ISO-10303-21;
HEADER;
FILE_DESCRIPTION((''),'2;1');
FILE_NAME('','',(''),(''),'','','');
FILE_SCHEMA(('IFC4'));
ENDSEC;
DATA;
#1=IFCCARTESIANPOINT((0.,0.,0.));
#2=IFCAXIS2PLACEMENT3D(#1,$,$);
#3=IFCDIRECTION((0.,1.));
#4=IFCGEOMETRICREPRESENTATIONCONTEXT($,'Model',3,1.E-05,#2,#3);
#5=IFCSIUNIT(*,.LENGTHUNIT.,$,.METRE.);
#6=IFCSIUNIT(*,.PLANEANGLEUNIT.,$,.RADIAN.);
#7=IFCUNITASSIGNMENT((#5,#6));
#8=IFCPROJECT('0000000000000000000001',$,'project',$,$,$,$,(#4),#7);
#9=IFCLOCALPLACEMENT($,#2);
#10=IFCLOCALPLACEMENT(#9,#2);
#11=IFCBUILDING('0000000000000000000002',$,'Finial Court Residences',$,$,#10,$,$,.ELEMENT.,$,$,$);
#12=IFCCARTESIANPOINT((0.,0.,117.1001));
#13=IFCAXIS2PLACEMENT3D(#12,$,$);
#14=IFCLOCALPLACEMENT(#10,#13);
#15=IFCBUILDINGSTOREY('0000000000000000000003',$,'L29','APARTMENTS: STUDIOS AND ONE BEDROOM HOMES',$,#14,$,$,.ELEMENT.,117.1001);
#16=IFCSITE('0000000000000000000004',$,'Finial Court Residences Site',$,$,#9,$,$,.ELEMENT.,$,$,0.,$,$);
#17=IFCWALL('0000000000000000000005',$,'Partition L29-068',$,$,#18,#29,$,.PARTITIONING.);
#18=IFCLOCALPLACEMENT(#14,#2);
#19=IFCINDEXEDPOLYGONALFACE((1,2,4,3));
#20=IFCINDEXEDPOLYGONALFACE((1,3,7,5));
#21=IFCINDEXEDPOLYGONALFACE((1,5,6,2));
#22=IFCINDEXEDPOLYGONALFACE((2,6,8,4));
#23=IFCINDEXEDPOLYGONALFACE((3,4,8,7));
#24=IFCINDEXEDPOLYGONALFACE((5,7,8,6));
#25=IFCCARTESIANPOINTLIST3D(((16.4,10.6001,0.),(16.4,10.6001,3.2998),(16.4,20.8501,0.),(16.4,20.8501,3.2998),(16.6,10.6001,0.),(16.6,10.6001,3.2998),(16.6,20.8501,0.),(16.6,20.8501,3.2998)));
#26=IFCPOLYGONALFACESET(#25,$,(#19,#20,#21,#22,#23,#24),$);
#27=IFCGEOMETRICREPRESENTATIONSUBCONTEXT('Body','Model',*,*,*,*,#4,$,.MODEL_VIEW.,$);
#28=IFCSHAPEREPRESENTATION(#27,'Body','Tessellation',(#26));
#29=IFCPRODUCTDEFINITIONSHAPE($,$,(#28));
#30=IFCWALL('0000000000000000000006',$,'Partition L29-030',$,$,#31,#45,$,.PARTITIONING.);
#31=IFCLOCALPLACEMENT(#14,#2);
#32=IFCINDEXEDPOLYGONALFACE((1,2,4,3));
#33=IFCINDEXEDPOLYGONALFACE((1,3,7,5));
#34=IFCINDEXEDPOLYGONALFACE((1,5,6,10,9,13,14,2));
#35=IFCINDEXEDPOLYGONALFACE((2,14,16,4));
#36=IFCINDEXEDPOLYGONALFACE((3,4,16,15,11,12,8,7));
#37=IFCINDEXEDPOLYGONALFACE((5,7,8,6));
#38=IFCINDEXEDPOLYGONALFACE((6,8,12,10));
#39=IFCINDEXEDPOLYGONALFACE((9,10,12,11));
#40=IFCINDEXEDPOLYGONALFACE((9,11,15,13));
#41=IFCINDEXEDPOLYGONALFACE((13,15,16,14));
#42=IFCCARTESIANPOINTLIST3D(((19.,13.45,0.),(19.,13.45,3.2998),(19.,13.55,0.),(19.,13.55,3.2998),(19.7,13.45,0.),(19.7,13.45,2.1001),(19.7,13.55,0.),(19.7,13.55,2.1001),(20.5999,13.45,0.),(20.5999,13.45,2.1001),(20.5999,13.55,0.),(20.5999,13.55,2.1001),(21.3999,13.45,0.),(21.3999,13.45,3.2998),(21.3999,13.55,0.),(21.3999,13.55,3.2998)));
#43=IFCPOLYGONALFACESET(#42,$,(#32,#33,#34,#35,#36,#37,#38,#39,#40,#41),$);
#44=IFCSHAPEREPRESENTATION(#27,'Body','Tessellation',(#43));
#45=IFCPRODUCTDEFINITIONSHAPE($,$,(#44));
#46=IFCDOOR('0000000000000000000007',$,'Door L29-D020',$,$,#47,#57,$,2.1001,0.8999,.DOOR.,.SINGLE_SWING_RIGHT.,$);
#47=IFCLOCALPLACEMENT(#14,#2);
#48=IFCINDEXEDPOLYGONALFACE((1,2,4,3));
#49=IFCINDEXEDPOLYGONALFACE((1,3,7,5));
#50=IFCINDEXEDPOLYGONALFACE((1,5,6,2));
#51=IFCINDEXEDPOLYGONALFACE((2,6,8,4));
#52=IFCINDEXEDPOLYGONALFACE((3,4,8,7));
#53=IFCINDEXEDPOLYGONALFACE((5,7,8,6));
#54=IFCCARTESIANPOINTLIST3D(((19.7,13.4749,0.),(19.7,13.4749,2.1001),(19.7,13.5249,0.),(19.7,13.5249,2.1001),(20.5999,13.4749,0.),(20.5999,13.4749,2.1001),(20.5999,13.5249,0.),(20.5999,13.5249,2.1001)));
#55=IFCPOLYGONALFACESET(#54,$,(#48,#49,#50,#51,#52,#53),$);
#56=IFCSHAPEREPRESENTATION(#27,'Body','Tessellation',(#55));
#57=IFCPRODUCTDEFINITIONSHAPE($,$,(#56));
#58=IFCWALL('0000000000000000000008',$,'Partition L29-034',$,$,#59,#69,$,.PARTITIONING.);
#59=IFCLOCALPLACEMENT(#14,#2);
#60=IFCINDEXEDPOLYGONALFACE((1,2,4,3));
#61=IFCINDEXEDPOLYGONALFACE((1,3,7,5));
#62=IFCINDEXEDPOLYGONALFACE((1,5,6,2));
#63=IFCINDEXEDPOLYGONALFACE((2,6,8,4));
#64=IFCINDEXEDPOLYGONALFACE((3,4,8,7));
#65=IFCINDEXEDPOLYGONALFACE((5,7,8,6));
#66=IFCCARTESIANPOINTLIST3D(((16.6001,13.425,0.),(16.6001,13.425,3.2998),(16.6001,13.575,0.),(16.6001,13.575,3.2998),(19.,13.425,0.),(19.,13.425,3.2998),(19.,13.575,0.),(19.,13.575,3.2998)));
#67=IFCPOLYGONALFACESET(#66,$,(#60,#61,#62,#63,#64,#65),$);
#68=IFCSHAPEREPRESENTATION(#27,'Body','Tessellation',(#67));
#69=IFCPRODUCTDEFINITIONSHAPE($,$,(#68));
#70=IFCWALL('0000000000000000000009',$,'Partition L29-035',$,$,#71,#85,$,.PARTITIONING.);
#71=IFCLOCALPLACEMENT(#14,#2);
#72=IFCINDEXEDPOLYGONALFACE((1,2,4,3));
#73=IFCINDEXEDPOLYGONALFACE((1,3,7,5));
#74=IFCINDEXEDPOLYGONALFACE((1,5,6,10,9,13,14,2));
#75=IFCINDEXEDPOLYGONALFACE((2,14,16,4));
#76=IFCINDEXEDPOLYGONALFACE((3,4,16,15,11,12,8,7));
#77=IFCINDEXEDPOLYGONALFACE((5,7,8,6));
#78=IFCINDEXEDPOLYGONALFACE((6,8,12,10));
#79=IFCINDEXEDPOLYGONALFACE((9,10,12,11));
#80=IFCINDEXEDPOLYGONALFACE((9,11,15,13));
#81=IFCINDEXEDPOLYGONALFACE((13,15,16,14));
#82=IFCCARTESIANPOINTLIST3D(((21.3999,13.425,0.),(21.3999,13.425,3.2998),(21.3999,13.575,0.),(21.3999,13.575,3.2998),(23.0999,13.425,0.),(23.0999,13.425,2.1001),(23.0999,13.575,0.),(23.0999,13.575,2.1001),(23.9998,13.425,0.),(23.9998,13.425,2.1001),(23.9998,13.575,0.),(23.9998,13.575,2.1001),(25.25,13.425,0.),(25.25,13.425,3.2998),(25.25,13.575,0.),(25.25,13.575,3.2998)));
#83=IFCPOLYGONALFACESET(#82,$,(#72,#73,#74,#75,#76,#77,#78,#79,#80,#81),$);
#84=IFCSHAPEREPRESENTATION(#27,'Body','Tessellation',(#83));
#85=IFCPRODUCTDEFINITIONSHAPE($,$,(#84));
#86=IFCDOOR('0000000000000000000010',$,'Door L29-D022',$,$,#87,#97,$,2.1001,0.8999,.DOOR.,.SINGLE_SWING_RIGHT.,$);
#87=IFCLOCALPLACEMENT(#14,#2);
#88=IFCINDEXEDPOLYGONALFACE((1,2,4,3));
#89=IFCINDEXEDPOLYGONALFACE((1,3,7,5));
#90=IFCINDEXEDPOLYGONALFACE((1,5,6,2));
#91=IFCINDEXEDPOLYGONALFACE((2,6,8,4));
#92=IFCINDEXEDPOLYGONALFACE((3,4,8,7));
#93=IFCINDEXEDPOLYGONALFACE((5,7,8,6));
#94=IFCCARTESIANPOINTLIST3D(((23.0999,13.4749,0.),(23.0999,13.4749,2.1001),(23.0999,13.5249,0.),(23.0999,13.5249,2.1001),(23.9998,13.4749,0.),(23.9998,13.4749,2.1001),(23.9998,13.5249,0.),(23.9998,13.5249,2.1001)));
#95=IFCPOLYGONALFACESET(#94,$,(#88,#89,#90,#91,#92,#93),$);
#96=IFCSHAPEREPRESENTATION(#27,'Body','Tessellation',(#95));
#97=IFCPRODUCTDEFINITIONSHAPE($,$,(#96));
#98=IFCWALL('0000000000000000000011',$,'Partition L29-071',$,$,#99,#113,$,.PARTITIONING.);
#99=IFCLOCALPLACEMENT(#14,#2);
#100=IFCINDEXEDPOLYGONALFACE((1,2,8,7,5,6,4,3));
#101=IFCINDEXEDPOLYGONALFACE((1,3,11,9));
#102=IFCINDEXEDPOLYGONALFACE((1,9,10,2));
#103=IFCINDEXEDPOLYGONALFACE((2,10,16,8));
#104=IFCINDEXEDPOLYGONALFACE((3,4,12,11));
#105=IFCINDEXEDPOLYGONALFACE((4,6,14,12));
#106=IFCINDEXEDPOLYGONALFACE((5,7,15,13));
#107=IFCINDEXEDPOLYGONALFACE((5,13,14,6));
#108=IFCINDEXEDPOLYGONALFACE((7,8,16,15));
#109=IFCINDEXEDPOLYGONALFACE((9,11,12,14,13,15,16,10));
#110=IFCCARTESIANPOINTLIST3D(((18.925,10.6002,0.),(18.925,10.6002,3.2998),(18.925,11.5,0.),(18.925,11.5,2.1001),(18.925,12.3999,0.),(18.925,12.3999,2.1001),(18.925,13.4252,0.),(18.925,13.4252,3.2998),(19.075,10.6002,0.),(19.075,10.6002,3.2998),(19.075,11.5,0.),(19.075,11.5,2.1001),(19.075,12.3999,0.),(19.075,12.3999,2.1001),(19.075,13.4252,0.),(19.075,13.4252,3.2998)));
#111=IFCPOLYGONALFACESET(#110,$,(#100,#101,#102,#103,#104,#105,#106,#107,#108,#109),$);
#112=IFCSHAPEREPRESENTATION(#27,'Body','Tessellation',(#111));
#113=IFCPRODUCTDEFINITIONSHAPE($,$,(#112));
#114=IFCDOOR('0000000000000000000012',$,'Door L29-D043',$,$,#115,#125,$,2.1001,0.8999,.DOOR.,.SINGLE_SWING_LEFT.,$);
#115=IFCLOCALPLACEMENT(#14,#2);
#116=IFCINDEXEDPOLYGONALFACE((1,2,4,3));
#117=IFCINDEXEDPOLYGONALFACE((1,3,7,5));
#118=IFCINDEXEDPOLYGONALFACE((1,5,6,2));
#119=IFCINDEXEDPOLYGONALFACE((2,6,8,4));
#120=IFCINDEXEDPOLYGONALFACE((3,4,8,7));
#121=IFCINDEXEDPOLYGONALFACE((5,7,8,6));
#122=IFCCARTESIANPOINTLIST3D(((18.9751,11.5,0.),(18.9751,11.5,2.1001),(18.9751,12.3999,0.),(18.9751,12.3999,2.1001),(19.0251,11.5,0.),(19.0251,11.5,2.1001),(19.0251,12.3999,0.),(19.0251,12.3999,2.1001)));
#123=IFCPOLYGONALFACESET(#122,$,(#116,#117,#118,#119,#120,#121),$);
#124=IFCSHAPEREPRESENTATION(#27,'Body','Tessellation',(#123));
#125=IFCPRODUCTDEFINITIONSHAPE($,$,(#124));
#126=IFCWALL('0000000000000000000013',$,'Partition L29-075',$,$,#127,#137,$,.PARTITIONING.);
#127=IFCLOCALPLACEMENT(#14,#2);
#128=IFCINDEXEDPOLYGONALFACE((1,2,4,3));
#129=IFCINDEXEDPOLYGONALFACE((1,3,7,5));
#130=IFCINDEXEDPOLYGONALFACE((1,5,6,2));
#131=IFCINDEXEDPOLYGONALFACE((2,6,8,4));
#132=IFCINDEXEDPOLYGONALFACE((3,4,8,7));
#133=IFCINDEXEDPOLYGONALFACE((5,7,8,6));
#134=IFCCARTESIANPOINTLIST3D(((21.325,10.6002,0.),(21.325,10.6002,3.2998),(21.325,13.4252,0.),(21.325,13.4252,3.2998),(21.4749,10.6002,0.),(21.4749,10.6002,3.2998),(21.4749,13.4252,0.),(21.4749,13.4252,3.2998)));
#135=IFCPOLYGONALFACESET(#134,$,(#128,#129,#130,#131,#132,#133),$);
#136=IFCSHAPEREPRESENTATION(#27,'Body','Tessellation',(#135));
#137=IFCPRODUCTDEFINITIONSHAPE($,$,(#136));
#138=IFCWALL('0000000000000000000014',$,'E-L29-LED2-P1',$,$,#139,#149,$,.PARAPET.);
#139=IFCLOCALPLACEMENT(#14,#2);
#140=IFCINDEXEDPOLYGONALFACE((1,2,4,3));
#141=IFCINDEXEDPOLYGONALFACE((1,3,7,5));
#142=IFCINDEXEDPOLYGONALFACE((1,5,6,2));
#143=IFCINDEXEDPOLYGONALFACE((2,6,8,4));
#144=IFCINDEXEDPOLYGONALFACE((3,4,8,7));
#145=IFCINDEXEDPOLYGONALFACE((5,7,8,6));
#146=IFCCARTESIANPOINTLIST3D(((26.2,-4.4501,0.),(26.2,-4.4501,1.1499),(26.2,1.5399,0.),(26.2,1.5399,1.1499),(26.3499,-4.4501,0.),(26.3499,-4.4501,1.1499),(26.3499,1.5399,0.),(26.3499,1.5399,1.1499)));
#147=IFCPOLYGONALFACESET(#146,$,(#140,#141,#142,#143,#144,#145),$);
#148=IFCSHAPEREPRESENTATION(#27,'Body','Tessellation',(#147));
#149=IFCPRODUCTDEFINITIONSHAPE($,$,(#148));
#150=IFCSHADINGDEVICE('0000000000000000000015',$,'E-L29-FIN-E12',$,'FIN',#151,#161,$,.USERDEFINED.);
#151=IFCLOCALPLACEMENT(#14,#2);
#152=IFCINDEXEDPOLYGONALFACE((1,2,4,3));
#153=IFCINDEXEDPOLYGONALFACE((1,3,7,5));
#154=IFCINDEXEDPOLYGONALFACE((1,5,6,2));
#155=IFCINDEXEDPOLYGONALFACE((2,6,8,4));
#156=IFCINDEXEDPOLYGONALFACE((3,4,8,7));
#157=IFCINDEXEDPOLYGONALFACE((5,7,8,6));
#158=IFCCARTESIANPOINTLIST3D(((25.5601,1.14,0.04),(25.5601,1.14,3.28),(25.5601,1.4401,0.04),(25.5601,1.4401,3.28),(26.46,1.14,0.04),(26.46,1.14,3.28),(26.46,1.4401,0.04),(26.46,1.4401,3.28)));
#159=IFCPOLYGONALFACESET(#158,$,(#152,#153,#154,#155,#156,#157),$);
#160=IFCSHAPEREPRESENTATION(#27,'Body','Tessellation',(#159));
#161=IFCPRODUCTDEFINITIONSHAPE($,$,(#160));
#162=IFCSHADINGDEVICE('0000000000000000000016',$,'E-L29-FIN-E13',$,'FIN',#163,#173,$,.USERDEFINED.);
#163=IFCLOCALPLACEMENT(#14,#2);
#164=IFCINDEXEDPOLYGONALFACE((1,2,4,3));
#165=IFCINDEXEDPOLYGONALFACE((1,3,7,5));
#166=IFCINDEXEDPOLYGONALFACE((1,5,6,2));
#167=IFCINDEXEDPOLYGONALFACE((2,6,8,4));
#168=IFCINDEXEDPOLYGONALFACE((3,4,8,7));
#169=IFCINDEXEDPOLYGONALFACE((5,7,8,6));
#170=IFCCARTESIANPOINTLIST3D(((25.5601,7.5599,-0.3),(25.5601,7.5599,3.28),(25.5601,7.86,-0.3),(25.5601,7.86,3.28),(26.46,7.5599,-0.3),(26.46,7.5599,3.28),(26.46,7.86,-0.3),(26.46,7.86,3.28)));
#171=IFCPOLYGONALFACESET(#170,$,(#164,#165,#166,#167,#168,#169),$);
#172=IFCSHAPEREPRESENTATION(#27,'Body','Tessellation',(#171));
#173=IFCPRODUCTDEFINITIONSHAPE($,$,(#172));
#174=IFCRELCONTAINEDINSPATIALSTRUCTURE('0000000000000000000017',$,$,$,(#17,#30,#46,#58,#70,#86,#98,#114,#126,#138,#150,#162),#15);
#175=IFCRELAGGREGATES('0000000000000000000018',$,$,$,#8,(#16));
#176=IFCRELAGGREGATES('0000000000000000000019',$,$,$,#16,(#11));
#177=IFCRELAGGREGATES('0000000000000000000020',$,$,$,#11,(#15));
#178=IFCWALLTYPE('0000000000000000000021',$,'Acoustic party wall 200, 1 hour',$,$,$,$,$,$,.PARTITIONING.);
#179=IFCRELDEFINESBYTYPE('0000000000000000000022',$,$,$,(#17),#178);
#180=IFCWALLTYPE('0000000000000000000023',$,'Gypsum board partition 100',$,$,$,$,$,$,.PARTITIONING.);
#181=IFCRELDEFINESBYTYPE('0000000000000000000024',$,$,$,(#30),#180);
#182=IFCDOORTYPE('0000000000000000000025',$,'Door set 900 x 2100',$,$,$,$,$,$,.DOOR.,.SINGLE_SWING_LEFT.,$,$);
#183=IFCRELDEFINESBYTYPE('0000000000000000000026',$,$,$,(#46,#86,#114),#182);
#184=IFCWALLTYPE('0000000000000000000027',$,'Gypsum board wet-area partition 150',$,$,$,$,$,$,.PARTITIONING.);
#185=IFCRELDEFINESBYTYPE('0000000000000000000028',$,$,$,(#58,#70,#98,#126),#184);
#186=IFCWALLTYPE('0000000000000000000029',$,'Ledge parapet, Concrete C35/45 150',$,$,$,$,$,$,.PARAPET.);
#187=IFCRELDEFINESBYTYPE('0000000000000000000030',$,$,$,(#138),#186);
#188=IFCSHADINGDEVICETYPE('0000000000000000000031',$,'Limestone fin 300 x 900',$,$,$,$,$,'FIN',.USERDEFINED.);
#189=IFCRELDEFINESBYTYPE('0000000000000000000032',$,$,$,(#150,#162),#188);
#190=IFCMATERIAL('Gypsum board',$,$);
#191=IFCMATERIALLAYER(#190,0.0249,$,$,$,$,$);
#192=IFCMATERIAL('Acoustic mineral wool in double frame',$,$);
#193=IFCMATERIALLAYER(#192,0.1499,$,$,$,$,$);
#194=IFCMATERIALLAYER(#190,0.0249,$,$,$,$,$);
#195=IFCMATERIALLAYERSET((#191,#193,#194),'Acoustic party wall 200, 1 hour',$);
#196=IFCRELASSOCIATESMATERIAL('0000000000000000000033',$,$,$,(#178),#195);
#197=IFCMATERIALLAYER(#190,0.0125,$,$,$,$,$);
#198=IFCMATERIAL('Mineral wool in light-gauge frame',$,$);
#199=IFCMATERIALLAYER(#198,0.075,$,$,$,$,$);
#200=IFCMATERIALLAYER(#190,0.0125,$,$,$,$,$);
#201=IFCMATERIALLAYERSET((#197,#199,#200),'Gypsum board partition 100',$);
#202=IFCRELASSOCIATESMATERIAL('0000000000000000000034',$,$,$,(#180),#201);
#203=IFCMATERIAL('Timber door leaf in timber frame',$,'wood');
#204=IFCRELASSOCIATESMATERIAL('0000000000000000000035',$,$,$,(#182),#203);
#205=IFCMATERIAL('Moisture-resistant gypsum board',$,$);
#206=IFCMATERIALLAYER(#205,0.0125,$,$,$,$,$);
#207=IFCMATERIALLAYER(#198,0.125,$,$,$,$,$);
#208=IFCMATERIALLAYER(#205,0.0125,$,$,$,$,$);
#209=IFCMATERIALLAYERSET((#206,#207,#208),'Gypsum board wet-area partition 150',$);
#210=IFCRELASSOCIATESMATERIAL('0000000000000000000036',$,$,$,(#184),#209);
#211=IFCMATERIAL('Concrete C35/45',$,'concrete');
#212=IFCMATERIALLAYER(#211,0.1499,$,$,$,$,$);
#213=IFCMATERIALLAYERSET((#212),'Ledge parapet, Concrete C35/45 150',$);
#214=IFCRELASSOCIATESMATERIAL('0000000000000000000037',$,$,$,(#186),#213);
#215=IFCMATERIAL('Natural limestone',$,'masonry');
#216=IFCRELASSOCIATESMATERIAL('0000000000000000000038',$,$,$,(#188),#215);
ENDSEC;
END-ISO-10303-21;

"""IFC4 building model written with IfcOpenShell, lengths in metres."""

from ifc_helpers import new_model, si_unit, direction, frame, frame_2d, origin, origin_2d, place, context, subcontext, project, spatial, rectangle, extrude, material, layer, layer_set, type_object, element, fill, save


model = new_model("IFC4")

# Units and contexts
model_context = context("Model", 3, precision=1e-05, world=origin(), true_north=direction((0.0, 1.0)))
body_context = subcontext(model_context, "Body", "Model", "MODEL_VIEW")
ifc_project = project(units=[si_unit("LENGTHUNIT", "METRE"), si_unit("PLANEANGLEUNIT", "RADIAN")], contexts=[model_context])

# Site, building, storey
site_placement = place(None, origin())
site = spatial("IfcSite", under=ifc_project, at=site_placement, Name="Finial Court Residences Site", CompositionType="ELEMENT", RefElevation=0.0)
building_placement = place(site_placement, origin())
building = spatial("IfcBuilding", under=site, at=building_placement, Name="Finial Court Residences", CompositionType="ELEMENT")
storey_placement = place(building_placement, frame((0.0, 0.0, 117.1001)))
storey = spatial("IfcBuildingStorey", under=building, at=storey_placement, Name="L29", Description="APARTMENTS: STUDIOS AND ONE BEDROOM HOMES", CompositionType="ELEMENT", Elevation=117.1001)

# Wall
ifc_material_1 = material(Name="Gypsum board")
ifc_layer_1 = layer(ifc_material_1, 0.0249)
ifc_material_2 = material(Name="Acoustic mineral wool in double frame")
ifc_layer_2 = layer(ifc_material_2, 0.1499)
ifc_layer_3 = layer(ifc_material_1, 0.0249)
ifc_layer_set_1 = layer_set([ifc_layer_1, ifc_layer_2, ifc_layer_3], Name="Acoustic party wall 200, 1 hour")
wall_type_1 = type_object("IfcWallType", Name="Acoustic party wall 200, 1 hour", PredefinedType="PARTITIONING", material=ifc_layer_set_1)
wall_1_placement = place(storey_placement, frame((16.5, 10.6001, 0.0), z_axis=(0.0, 0.0, 1.0), x_axis=(0.0, 1.0, 0.0)))
element("IfcWall", 1, at=wall_1_placement, inside=storey, type_object=wall_type_1, Name="Partition L29-068", PredefinedType="PARTITIONING", context=body_context, shape_type="SweptSolid", body=[
    extrude(rectangle(XDim=10.25, YDim=0.2, at=frame_2d((5.125, 0.0))), origin(), (0.0, 0.0, 1.0), 3.2998),
])

# Wall, opening, door
ifc_layer_4 = layer(ifc_material_1, 0.0125)
ifc_material_3 = material(Name="Mineral wool in light-gauge frame")
ifc_layer_5 = layer(ifc_material_3, 0.075)
ifc_layer_6 = layer(ifc_material_1, 0.0125)
ifc_layer_set_2 = layer_set([ifc_layer_4, ifc_layer_5, ifc_layer_6], Name="Gypsum board partition 100")
wall_type_2 = type_object("IfcWallType", Name="Gypsum board partition 100", PredefinedType="PARTITIONING", material=ifc_layer_set_2)
wall_2_placement = place(storey_placement, frame((19.0, 13.5, 0.0), z_axis=(0.0, 0.0, 1.0), x_axis=(1.0, 0.0, 0.0)))
wall_2 = element("IfcWall", 2, at=wall_2_placement, inside=storey, type_object=wall_type_2, Name="Partition L29-030", PredefinedType="PARTITIONING", context=body_context, shape_type="SweptSolid", body=[
    extrude(rectangle(XDim=2.3999, YDim=0.1001, at=frame_2d((1.2, 0.0))), origin(), (0.0, 0.0, 1.0), 3.2998),
])
opening_1_placement = place(wall_2_placement, frame((0.7, 0.0, 0.0)))
opening_1 = element("IfcOpeningElement", 3, at=opening_1_placement, cuts=wall_2, PredefinedType="OPENING", context=body_context, shape_type="SweptSolid", body=[
    extrude(rectangle(XDim=0.8999, YDim=2.1001, at=frame_2d((0.45, 1.05))), frame((0.0, 0.0601, 0.0), z_axis=(0.0, -1.0, 0.0), x_axis=(1.0, 0.0, 0.0)), (0.0, 0.0, 1.0), 0.1201),
])
ifc_material_4 = material(Name="Timber door leaf in timber frame", Category="wood")
door_type = type_object("IfcDoorType", Name="Door set 900 x 2100", OperationType="SINGLE_SWING_LEFT", PredefinedType="DOOR", material=ifc_material_4)
door_1_placement = place(opening_1_placement, origin())
door_1 = element("IfcDoor", 4, at=door_1_placement, inside=storey, type_object=door_type, Name="Door L29-D020", OperationType="SINGLE_SWING_RIGHT", OverallHeight=2.1001, OverallWidth=0.8999, PredefinedType="DOOR", context=body_context, shape_type="SweptSolid", body=[
    extrude(rectangle(XDim=0.8999, YDim=2.1001, at=frame_2d((0.45, 1.05))), frame((0.0, 0.0249, 0.0), z_axis=(0.0, -1.0, 0.0), x_axis=(1.0, 0.0, 0.0)), (0.0, 0.0, 1.0), 0.05),
])
fill(opening_1, door_1)

# Wall
ifc_material_5 = material(Name="Moisture-resistant gypsum board")
ifc_layer_7 = layer(ifc_material_5, 0.0125)
ifc_layer_8 = layer(ifc_material_3, 0.125)
ifc_layer_9 = layer(ifc_material_5, 0.0125)
ifc_layer_set_3 = layer_set([ifc_layer_7, ifc_layer_8, ifc_layer_9], Name="Gypsum board wet-area partition 150")
wall_type_3 = type_object("IfcWallType", Name="Gypsum board wet-area partition 150", PredefinedType="PARTITIONING", material=ifc_layer_set_3)
wall_3_placement = place(storey_placement, frame((16.6001, 13.5, 0.0), z_axis=(0.0, 0.0, 1.0), x_axis=(1.0, 0.0, 0.0)))
element("IfcWall", 5, at=wall_3_placement, inside=storey, type_object=wall_type_3, Name="Partition L29-034", PredefinedType="PARTITIONING", context=body_context, shape_type="SweptSolid", body=[
    extrude(rectangle(XDim=2.3999, YDim=0.1499, at=frame_2d((1.2, 0.0))), origin(), (0.0, 0.0, 1.0), 3.2998),
])

# Walls, openings, doors
wall_4_placement = place(storey_placement, frame((21.3999, 13.5, 0.0), z_axis=(0.0, 0.0, 1.0), x_axis=(1.0, 0.0, 0.0)))
wall_4 = element("IfcWall", 6, at=wall_4_placement, inside=storey, type_object=wall_type_3, Name="Partition L29-035", PredefinedType="PARTITIONING", context=body_context, shape_type="SweptSolid", body=[
    extrude(rectangle(XDim=3.8501, YDim=0.1499, at=frame_2d((1.925, 0.0))), origin(), (0.0, 0.0, 1.0), 3.2998),
])
opening_2_placement = place(wall_4_placement, frame((1.7, 0.0, 0.0)))
opening_2 = element("IfcOpeningElement", 7, at=opening_2_placement, cuts=wall_4, PredefinedType="OPENING", context=body_context, shape_type="SweptSolid", body=[
    extrude(rectangle(XDim=0.8999, YDim=2.1001, at=frame_2d((0.45, 1.05))), frame((0.0, 0.085, 0.0), z_axis=(0.0, -1.0, 0.0), x_axis=(1.0, 0.0, 0.0)), (0.0, 0.0, 1.0), 0.1699),
])
door_2_placement = place(opening_2_placement, origin())
door_2 = element("IfcDoor", 8, at=door_2_placement, inside=storey, type_object=door_type, Name="Door L29-D022", OperationType="SINGLE_SWING_RIGHT", OverallHeight=2.1001, OverallWidth=0.8999, PredefinedType="DOOR", context=body_context, shape_type="SweptSolid", body=[
    extrude(rectangle(XDim=0.8999, YDim=2.1001, at=frame_2d((0.45, 1.05))), frame((0.0, 0.0249, 0.0), z_axis=(0.0, -1.0, 0.0), x_axis=(1.0, 0.0, 0.0)), (0.0, 0.0, 1.0), 0.05),
])
fill(opening_2, door_2)
wall_5_placement = place(storey_placement, frame((19.0, 10.6001, 0.0), z_axis=(0.0, 0.0, 1.0), x_axis=(0.0, 1.0, 0.0)))
wall_5 = element("IfcWall", 9, at=wall_5_placement, inside=storey, type_object=wall_type_3, Name="Partition L29-071", PredefinedType="PARTITIONING", context=body_context, shape_type="SweptSolid", body=[
    extrude(rectangle(XDim=2.825, YDim=0.1499, at=frame_2d((1.4126, 0.0))), origin(), (0.0, 0.0, 1.0), 3.2998),
])
opening_3_placement = place(wall_5_placement, frame((0.8999, 0.0, 0.0)))
opening_3 = element("IfcOpeningElement", 10, at=opening_3_placement, cuts=wall_5, PredefinedType="OPENING", context=body_context, shape_type="SweptSolid", body=[
    extrude(rectangle(XDim=0.8999, YDim=2.1001, at=frame_2d((0.45, 1.05))), frame((0.0, 0.085, 0.0), z_axis=(0.0, -1.0, 0.0), x_axis=(1.0, 0.0, 0.0)), (0.0, 0.0, 1.0), 0.1699),
])
door_3_placement = place(opening_3_placement, origin())
door_3 = element("IfcDoor", 11, at=door_3_placement, inside=storey, type_object=door_type, Name="Door L29-D043", OperationType="SINGLE_SWING_LEFT", OverallHeight=2.1001, OverallWidth=0.8999, PredefinedType="DOOR", context=body_context, shape_type="SweptSolid", body=[
    extrude(rectangle(XDim=0.8999, YDim=2.1001, at=frame_2d((0.45, 1.05))), frame((0.0, 0.0249, 0.0), z_axis=(0.0, -1.0, 0.0), x_axis=(1.0, 0.0, 0.0)), (0.0, 0.0, 1.0), 0.05),
])
fill(opening_3, door_3)

# Walls
wall_6_placement = place(storey_placement, frame((21.3999, 10.6001, 0.0), z_axis=(0.0, 0.0, 1.0), x_axis=(0.0, 1.0, 0.0)))
element("IfcWall", 12, at=wall_6_placement, inside=storey, type_object=wall_type_3, Name="Partition L29-075", PredefinedType="PARTITIONING", context=body_context, shape_type="SweptSolid", body=[
    extrude(rectangle(XDim=2.825, YDim=0.1499, at=frame_2d((1.4126, 0.0))), origin(), (0.0, 0.0, 1.0), 3.2998),
])
ifc_material_6 = material(Name="Concrete C35/45", Category="concrete")
ifc_layer_10 = layer(ifc_material_6, 0.1499)
ifc_layer_set_4 = layer_set([ifc_layer_10], Name="Ledge parapet, Concrete C35/45 150")
wall_type_4 = type_object("IfcWallType", Name="Ledge parapet, Concrete C35/45 150", PredefinedType="PARAPET", material=ifc_layer_set_4)
wall_7_placement = place(storey_placement, frame((26.2749, 1.54, 0.0), z_axis=(0.0, 0.0, 1.0), x_axis=(0.0, -1.0, 0.0)))
element("IfcWall", 13, at=wall_7_placement, inside=storey, type_object=wall_type_4, Name="E-L29-LED2-P1", PredefinedType="PARAPET", context=body_context, shape_type="SweptSolid", body=[
    extrude(rectangle(XDim=5.99, YDim=0.1499, at=frame_2d((2.9951, 0.0))), origin(), (0.0, 0.0, 1.0), 1.1499),
])

# Shading devices
ifc_material_7 = material(Name="Natural limestone", Category="masonry")
shading_device_type = type_object("IfcShadingDeviceType", Name="Limestone fin 300 x 900", ElementType="FIN", PredefinedType="USERDEFINED", material=ifc_material_7)
shading_device_1_placement = place(storey_placement, frame((26.01, 1.29, 0.04), z_axis=(0.0, 0.0, 1.0), x_axis=(1.0, 0.0, 0.0)))
element("IfcShadingDevice", 14, at=shading_device_1_placement, inside=storey, type_object=shading_device_type, Name="E-L29-FIN-E12", ObjectType="FIN", PredefinedType="USERDEFINED", context=body_context, shape_type="SweptSolid", body=[
    extrude(rectangle(XDim=0.8999, YDim=0.3, at=origin_2d()), origin(), (0.0, 0.0, 1.0), 3.24),
])
shading_device_2_placement = place(storey_placement, frame((26.01, 7.71, -0.3), z_axis=(0.0, 0.0, 1.0), x_axis=(1.0, 0.0, 0.0)))
element("IfcShadingDevice", 15, at=shading_device_2_placement, inside=storey, type_object=shading_device_type, Name="E-L29-FIN-E13", ObjectType="FIN", PredefinedType="USERDEFINED", context=body_context, shape_type="SweptSolid", body=[
    extrude(rectangle(XDim=0.8999, YDim=0.3, at=origin_2d()), origin(), (0.0, 0.0, 1.0), 3.5801),
])

save(model, "model.ifc")
